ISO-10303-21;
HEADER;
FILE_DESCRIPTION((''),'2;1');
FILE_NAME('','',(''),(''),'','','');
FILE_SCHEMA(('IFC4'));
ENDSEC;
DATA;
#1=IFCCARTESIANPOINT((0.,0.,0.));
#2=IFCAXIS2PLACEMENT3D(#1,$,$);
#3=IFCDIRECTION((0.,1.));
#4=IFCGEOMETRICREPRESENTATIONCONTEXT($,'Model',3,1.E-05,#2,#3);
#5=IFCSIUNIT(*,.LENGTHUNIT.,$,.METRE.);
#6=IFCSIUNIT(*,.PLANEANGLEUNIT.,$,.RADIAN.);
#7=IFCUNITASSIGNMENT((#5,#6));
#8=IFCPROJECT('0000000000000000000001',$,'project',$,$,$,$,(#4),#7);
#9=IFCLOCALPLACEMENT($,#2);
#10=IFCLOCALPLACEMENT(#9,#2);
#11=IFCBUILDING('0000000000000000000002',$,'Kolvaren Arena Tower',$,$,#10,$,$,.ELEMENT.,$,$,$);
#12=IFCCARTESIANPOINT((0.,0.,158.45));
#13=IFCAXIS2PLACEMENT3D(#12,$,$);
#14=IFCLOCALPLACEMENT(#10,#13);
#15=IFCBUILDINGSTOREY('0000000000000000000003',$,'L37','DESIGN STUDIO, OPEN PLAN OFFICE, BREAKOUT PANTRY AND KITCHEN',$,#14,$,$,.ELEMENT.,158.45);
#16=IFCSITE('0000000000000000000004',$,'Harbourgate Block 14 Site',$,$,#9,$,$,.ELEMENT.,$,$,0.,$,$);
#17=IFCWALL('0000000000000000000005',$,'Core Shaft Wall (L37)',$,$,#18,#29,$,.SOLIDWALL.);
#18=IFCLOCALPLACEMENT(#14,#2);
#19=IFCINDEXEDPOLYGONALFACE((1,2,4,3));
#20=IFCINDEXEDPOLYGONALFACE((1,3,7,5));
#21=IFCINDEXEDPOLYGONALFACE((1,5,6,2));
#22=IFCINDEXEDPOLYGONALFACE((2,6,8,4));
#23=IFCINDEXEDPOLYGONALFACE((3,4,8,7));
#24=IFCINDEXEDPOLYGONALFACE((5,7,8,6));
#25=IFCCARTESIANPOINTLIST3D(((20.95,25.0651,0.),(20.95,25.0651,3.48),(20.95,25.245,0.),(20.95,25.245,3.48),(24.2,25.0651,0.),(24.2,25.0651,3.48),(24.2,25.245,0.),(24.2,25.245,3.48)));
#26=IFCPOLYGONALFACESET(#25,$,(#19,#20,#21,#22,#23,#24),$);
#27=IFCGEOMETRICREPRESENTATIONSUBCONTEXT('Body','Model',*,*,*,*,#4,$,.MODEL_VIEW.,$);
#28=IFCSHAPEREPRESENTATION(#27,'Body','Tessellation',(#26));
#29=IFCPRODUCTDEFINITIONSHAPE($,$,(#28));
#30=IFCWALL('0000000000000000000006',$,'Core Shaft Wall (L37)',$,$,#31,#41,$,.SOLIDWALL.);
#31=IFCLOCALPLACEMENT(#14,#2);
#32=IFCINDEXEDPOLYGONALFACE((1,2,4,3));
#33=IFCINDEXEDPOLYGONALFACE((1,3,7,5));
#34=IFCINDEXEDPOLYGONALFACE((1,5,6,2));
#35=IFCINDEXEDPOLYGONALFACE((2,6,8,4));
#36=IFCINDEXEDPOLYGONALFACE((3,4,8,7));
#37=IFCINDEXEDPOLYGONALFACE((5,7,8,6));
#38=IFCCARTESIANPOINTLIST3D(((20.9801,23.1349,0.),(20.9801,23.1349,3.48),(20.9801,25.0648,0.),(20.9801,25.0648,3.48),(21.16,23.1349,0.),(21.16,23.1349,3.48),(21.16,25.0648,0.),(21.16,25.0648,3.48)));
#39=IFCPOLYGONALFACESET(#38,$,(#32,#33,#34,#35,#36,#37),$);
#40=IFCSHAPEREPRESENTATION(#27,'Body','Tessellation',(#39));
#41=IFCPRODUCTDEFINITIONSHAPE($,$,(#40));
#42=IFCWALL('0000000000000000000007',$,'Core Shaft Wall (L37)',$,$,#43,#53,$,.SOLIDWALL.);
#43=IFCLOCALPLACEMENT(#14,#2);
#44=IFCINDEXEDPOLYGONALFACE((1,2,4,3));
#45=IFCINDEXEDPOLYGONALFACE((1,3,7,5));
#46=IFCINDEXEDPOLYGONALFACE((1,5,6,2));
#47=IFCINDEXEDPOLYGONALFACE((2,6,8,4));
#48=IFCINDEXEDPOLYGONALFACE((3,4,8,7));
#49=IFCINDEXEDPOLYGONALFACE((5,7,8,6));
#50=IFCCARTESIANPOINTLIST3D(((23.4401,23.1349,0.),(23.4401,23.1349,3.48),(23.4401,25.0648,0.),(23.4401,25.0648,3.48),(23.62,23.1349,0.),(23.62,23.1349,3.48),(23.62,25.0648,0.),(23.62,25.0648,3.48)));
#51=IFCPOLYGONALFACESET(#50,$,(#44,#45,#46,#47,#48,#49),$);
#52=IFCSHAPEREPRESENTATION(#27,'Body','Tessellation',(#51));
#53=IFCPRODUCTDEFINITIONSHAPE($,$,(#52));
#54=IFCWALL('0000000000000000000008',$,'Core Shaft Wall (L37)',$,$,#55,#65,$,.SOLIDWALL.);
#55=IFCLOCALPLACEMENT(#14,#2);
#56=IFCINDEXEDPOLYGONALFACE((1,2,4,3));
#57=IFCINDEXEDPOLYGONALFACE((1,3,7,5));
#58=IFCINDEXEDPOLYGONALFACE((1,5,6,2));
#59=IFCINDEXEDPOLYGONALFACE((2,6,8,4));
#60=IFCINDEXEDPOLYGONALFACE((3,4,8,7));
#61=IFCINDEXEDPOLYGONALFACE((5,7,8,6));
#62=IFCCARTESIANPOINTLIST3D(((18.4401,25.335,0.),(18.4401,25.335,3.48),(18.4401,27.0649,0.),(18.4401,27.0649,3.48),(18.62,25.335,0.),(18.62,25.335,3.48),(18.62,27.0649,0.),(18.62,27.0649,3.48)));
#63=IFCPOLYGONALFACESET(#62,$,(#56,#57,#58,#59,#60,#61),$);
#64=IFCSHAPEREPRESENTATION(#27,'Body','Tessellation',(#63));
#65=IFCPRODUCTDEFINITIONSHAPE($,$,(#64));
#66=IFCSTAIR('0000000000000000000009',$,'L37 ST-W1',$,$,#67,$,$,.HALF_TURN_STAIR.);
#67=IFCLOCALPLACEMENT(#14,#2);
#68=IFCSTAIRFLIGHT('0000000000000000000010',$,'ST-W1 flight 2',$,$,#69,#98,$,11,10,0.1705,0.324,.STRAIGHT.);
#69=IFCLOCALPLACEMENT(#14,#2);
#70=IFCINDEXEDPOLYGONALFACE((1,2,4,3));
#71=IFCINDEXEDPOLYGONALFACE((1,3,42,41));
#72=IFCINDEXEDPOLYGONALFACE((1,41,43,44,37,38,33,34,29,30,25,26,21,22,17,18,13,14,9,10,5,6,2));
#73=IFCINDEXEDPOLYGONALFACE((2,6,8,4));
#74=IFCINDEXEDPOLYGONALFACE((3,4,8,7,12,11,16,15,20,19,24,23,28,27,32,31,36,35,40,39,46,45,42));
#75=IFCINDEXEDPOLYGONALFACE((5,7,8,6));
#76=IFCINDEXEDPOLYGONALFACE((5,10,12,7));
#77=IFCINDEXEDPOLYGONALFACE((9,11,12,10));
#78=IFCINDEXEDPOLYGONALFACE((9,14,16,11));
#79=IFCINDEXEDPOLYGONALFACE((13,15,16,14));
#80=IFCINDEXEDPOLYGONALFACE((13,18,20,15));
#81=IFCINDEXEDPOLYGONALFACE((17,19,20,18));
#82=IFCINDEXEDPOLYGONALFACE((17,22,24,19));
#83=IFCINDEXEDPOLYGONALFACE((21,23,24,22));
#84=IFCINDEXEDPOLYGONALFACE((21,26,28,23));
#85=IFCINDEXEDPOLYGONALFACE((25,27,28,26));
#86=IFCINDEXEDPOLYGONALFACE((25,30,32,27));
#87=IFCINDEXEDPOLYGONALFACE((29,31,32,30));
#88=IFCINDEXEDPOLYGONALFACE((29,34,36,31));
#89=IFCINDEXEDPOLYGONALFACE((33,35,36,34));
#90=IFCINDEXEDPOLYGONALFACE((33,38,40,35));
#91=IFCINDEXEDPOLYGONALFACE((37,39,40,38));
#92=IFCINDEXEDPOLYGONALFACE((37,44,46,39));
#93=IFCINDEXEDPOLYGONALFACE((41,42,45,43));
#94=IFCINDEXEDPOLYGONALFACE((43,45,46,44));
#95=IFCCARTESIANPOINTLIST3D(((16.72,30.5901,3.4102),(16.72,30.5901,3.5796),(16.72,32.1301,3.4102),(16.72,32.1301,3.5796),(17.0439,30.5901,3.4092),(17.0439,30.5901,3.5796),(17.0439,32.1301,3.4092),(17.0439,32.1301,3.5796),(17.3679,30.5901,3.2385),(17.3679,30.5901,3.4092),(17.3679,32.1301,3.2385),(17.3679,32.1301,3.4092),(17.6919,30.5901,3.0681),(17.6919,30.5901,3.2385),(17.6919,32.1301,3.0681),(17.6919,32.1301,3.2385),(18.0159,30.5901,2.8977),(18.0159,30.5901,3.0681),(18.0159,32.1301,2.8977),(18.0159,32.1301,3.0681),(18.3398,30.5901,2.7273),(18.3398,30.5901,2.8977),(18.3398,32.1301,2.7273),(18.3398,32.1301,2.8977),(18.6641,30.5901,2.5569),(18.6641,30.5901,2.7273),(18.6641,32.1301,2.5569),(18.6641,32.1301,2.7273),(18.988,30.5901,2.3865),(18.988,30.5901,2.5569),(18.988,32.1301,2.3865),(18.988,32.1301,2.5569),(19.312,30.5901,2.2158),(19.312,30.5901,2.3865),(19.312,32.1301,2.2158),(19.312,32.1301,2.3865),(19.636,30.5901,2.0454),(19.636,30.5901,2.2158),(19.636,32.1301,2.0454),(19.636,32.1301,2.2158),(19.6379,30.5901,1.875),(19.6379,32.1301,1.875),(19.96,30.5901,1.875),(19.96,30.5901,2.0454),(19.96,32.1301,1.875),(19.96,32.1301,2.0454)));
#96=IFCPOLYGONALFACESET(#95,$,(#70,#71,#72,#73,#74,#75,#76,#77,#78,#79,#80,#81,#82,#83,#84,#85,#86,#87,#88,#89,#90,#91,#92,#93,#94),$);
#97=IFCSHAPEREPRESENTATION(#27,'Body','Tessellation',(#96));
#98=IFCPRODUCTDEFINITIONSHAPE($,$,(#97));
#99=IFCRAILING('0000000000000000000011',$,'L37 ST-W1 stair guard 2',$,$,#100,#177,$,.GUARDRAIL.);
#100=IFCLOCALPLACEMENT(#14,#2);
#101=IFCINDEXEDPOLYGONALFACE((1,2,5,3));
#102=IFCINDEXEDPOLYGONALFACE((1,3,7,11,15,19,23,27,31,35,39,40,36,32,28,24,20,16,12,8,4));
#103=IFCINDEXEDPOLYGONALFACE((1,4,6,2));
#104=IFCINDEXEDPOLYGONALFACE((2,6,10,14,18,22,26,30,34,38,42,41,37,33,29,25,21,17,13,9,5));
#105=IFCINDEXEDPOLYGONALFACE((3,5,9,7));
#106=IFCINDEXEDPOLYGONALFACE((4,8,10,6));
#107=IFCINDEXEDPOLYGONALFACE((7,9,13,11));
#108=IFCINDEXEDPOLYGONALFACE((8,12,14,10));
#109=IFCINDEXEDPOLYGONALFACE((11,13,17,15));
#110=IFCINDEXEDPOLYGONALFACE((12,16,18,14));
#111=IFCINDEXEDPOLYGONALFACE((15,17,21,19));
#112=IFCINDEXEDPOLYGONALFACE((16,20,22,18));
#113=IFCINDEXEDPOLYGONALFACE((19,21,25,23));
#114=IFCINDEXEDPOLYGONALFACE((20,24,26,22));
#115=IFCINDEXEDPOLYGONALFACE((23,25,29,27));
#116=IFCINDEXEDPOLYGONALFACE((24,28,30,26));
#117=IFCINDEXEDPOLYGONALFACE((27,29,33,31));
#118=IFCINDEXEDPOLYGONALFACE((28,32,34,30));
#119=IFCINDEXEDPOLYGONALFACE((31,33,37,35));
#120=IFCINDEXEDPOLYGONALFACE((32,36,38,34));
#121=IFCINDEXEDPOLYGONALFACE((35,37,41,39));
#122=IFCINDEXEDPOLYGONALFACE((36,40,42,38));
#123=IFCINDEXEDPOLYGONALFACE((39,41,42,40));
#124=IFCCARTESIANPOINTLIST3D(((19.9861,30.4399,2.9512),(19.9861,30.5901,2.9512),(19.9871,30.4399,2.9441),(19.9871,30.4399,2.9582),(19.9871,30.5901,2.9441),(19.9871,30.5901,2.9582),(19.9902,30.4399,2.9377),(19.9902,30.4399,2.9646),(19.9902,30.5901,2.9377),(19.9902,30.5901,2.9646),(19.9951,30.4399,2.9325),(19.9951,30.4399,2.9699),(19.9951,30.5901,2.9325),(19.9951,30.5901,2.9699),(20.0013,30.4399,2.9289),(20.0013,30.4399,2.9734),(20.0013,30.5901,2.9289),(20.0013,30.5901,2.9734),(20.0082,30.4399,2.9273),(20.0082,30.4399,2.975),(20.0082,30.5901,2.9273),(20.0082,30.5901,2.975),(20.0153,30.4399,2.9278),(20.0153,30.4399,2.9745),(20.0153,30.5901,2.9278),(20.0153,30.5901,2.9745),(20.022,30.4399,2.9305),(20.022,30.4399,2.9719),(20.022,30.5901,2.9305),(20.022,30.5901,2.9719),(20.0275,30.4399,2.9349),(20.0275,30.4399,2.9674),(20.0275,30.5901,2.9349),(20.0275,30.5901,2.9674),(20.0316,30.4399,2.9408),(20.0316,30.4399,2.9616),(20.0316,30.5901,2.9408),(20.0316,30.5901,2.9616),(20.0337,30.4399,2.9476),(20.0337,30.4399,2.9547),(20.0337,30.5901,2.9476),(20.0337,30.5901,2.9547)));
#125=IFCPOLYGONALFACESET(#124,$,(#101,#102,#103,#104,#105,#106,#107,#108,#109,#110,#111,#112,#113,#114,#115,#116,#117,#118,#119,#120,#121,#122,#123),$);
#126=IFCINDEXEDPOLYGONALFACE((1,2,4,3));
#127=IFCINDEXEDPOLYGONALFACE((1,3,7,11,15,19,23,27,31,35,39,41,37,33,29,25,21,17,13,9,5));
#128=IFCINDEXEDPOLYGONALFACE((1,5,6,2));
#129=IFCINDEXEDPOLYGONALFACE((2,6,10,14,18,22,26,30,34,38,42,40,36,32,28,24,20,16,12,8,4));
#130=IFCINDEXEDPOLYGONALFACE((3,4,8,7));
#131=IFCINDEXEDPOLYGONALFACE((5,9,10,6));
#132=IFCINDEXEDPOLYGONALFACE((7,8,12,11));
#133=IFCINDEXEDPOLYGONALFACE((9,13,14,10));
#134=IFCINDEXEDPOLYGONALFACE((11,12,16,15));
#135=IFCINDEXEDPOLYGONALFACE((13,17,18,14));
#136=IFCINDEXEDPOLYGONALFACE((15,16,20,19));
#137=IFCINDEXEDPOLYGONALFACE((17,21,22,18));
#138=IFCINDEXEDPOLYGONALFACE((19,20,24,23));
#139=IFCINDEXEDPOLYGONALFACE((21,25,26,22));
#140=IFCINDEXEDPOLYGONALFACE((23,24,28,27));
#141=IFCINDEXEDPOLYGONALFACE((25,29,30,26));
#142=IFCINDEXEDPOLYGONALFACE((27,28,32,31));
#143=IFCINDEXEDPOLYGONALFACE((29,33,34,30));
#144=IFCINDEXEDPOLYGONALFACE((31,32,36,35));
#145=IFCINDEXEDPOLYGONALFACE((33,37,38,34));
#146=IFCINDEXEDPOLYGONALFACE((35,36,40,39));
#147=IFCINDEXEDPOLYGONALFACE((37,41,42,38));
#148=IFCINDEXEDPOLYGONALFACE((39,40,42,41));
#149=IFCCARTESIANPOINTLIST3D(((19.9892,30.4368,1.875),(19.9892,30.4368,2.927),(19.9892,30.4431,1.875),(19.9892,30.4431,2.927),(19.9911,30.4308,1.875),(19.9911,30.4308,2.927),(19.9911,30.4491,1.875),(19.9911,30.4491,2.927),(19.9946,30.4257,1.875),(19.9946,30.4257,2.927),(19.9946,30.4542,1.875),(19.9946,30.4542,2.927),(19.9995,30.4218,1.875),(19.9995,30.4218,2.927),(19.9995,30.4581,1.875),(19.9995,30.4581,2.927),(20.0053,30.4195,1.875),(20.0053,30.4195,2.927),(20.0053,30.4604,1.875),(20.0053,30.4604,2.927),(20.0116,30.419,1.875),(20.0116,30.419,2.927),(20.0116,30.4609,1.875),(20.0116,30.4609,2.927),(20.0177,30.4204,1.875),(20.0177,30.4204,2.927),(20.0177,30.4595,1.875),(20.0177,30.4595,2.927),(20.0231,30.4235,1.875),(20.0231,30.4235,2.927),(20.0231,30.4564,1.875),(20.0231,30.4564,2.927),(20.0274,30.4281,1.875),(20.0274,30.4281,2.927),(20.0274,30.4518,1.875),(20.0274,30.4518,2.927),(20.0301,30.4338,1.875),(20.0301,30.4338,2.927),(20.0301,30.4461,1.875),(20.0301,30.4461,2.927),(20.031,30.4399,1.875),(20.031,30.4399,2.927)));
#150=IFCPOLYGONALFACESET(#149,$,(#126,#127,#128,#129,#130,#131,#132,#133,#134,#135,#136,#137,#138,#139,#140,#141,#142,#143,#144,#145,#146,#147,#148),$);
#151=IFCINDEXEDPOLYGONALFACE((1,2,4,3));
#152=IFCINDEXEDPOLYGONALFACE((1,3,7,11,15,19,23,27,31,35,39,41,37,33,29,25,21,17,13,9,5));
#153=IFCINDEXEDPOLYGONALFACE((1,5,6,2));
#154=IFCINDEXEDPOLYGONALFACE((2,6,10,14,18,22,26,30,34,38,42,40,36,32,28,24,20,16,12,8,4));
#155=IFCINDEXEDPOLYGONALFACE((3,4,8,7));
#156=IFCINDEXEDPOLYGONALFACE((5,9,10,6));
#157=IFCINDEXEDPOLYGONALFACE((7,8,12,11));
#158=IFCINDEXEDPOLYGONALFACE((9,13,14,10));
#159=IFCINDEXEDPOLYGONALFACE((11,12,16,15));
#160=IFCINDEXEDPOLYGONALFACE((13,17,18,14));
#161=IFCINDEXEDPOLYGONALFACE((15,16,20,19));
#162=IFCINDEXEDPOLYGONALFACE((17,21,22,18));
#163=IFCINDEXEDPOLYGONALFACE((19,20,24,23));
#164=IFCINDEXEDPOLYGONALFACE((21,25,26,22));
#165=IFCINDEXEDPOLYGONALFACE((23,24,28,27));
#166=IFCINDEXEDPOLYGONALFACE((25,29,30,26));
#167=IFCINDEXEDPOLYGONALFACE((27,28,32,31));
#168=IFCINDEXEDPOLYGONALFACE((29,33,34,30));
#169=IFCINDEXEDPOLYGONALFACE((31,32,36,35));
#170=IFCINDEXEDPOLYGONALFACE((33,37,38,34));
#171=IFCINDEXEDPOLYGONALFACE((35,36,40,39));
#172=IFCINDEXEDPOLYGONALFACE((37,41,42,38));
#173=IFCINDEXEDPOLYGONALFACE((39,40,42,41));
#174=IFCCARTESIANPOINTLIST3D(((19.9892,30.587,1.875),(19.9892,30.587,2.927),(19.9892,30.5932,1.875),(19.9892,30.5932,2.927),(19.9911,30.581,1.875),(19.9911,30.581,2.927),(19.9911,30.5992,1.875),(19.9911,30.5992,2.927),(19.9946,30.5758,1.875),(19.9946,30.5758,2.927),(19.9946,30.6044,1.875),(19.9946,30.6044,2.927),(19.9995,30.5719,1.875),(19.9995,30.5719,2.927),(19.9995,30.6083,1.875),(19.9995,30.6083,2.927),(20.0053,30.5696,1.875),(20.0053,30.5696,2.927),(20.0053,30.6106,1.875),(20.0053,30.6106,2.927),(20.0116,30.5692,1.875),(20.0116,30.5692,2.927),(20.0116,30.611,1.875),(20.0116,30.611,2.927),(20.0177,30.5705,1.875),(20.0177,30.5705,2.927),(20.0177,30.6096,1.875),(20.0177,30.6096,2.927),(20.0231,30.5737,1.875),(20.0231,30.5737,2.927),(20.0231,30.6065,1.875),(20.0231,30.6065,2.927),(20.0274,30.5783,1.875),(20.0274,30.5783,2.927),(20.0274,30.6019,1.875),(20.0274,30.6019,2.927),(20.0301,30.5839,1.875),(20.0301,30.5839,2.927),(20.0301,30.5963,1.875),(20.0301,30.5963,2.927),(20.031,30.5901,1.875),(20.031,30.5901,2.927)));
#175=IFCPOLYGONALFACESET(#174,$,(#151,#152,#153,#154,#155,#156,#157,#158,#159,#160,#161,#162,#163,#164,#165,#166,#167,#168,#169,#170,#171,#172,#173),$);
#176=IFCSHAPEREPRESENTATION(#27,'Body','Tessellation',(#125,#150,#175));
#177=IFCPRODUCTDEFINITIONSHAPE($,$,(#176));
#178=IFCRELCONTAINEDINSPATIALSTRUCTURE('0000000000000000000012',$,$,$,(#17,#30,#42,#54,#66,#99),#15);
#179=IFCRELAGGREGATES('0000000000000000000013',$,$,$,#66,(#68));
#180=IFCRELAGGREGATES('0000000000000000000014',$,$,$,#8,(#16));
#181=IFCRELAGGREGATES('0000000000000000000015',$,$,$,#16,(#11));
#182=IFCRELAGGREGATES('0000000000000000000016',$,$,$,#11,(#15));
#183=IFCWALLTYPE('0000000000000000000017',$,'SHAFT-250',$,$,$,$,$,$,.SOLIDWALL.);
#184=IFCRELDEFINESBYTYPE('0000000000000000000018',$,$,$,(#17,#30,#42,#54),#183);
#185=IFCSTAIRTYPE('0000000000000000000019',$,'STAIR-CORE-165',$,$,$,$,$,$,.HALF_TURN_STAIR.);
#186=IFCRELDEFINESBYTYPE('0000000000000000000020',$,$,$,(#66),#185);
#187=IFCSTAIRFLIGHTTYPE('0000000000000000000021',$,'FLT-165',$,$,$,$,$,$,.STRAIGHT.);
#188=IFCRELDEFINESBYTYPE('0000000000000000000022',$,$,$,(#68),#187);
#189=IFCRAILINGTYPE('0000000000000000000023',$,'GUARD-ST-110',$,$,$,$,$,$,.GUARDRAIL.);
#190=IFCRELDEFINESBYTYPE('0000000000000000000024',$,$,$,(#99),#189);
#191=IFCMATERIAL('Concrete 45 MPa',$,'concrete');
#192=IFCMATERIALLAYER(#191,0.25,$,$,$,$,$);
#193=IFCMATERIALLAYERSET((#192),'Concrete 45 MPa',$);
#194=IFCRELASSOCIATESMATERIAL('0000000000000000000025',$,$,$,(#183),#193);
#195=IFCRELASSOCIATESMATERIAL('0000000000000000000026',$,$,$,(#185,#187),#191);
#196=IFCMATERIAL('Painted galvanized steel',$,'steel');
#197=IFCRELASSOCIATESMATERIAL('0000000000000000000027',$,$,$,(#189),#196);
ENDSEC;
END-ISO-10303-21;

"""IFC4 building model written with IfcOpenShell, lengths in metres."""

from ifc_helpers import new_model, si_unit, direction, frame, frame_2d, origin, origin_2d, place, context, subcontext, project, spatial, polyline, rectangle, circle, outline, extrude, material, layer, layer_set, type_object, element, aggregate, save


model = new_model("IFC4")

# Units and contexts
model_context = context("Model", 3, precision=1e-05, world=origin(), true_north=direction((0.0, 1.0)))
body_context = subcontext(model_context, "Body", "Model", "MODEL_VIEW")
ifc_project = project(units=[si_unit("LENGTHUNIT", "METRE"), si_unit("PLANEANGLEUNIT", "RADIAN")], contexts=[model_context])

# Site, building, storey
site_placement = place(None, origin())
site = spatial("IfcSite", under=ifc_project, at=site_placement, Name="Harbourgate Block 14 Site", CompositionType="ELEMENT", RefElevation=0.0)
building_placement = place(site_placement, origin())
building = spatial("IfcBuilding", under=site, at=building_placement, Name="Kolvaren Arena Tower", CompositionType="ELEMENT")
storey_placement = place(building_placement, frame((0.0, 0.0, 158.45)))
storey = spatial("IfcBuildingStorey", under=building, at=storey_placement, Name="L37", Description="DESIGN STUDIO, OPEN PLAN OFFICE, BREAKOUT PANTRY AND KITCHEN", CompositionType="ELEMENT", Elevation=158.45)

# Shared definitions
ifc_material_1 = material(Name="Concrete 45 MPa", Category="concrete")
ifc_layer_1 = layer(ifc_material_1, 0.25)
ifc_layer_set_1 = layer_set([ifc_layer_1], Name="Concrete 45 MPa")
wall_type_1 = type_object("IfcWallType", Name="SHAFT-250", PredefinedType="SOLIDWALL", material=ifc_layer_set_1)

# Walls
wall_1_placement = place(storey_placement, frame((20.95, 25.155, 0.0), z_axis=(0.0, 0.0, 1.0), x_axis=(1.0, 0.0, 0.0)))
element("IfcWall", 1, at=wall_1_placement, inside=storey, type_object=wall_type_1, Name="Core Shaft Wall (L37)", PredefinedType="SOLIDWALL", context=body_context, shape_type="SweptSolid", body=[
    extrude(rectangle(XDim=3.25, YDim=0.1799, at=frame_2d((1.625, 0.0))), origin(), (0.0, 0.0, 1.0), 3.48),
])
for number, where, z_axis, x_axis, name in (
    (2, (21.0701, 23.135, 0.0), (0.0, 0.0, 1.0), (0.0, 1.0, 0.0), "Core Shaft Wall (L37)"),
    (3, (23.53, 23.135, 0.0), (0.0, 0.0, 1.0), (0.0, 1.0, 0.0), "Core Shaft Wall (L37)"),
):
    element("IfcWall", number, at=place(storey_placement, frame(where, z_axis=z_axis, x_axis=x_axis)), inside=storey, type_object=wall_type_1, Name=name, PredefinedType="SOLIDWALL", context=body_context, shape_type="SweptSolid", body=[
        extrude(rectangle(XDim=1.9299, YDim=0.1799, at=frame_2d((0.9648, 0.0))), origin(), (0.0, 0.0, 1.0), 3.48),
    ])
wall_2_placement = place(storey_placement, frame((18.53, 25.335, 0.0), z_axis=(0.0, 0.0, 1.0), x_axis=(0.0, 1.0, 0.0)))
element("IfcWall", 4, at=wall_2_placement, inside=storey, type_object=wall_type_1, Name="Core Shaft Wall (L37)", PredefinedType="SOLIDWALL", context=body_context, shape_type="SweptSolid", body=[
    extrude(rectangle(XDim=1.73, YDim=0.1799, at=frame_2d((0.865, 0.0))), origin(), (0.0, 0.0, 1.0), 3.48),
])

# Stair, stair flight
stair_type = type_object("IfcStairType", Name="STAIR-CORE-165", PredefinedType="HALF_TURN_STAIR", material=ifc_material_1)
stair_placement = place(storey_placement, origin())
stair = element("IfcStair", 5, at=stair_placement, inside=storey, type_object=stair_type, Name="L37 ST-W1", PredefinedType="HALF_TURN_STAIR")
stair_flight_type = type_object("IfcStairFlightType", Name="FLT-165", PredefinedType="STRAIGHT", material=ifc_material_1)
stair_flight_placement = place(storey_placement, frame((19.96, 31.3601, 1.875), z_axis=(0.0, 0.0, 1.0), x_axis=(-1.0, 0.0, 0.0)))
stair_flight = element("IfcStairFlight", 6, at=stair_flight_placement, type_object=stair_flight_type, Name="ST-W1 flight 2", NumberOfRisers=11, NumberOfTreads=10, PredefinedType="STRAIGHT", RiserHeight=0.1705, TreadLength=0.324, context=body_context, shape_type="SweptSolid", body=[
    extrude(outline(polyline([(0.0, 0.0), (0.0, 0.1704), (0.324, 0.1704), (0.324, 0.3408), (0.6479, 0.3408), (0.6479, 0.5115), (0.9719, 0.5115), (0.9719, 0.6819), (1.2959, 0.6819), (1.2959, 0.8523), (1.6201, 0.8523), (1.6201, 1.0227), (1.9441, 1.0227), (1.9441, 1.1931), (2.2681, 1.1931), (2.2681, 1.3635), (2.592, 1.3635), (2.592, 1.5342), (2.916, 1.5342), (2.916, 1.7046), (3.24, 1.7046), (3.24, 1.875), (3.24, 1.5352), (0.322, 0.0), (0.0, 0.0)])), frame((0.0, 0.77, 0.0), z_axis=(0.0, -1.0, 0.0), x_axis=(1.0, 0.0, 0.0)), (0.0, 0.0, 1.0), 1.54),
])
aggregate(stair, [stair_flight])

# Railing
ifc_material_2 = material(Name="Painted galvanized steel", Category="steel")
railing_type_1 = type_object("IfcRailingType", Name="GUARD-ST-110", PredefinedType="GUARDRAIL", material=ifc_material_2)
railing_1_placement = place(storey_placement, frame((20.01, 30.4399, 1.875)))
element("IfcRailing", 7, at=railing_1_placement, inside=storey, type_object=railing_type_1, Name="L37 ST-W1 stair guard 2", PredefinedType="GUARDRAIL", context=body_context, shape_type="SweptSolid", body=[
    extrude(circle(Radius=0.0239, at=origin_2d()), frame((0.0, 0.0, 1.0762), z_axis=(0.0, 1.0, 0.0), x_axis=(-1.0, 0.0, 0.0)), (0.0, 0.0, 1.0), 0.1501),
    extrude(circle(Radius=0.021, at=origin_2d()), origin(), (0.0, 0.0, 1.0), 1.052),
    extrude(circle(Radius=0.021, at=origin_2d()), frame((0.0, 0.1501, 0.0)), (0.0, 0.0, 1.0), 1.052),
])

save(model, "model.ifc")
